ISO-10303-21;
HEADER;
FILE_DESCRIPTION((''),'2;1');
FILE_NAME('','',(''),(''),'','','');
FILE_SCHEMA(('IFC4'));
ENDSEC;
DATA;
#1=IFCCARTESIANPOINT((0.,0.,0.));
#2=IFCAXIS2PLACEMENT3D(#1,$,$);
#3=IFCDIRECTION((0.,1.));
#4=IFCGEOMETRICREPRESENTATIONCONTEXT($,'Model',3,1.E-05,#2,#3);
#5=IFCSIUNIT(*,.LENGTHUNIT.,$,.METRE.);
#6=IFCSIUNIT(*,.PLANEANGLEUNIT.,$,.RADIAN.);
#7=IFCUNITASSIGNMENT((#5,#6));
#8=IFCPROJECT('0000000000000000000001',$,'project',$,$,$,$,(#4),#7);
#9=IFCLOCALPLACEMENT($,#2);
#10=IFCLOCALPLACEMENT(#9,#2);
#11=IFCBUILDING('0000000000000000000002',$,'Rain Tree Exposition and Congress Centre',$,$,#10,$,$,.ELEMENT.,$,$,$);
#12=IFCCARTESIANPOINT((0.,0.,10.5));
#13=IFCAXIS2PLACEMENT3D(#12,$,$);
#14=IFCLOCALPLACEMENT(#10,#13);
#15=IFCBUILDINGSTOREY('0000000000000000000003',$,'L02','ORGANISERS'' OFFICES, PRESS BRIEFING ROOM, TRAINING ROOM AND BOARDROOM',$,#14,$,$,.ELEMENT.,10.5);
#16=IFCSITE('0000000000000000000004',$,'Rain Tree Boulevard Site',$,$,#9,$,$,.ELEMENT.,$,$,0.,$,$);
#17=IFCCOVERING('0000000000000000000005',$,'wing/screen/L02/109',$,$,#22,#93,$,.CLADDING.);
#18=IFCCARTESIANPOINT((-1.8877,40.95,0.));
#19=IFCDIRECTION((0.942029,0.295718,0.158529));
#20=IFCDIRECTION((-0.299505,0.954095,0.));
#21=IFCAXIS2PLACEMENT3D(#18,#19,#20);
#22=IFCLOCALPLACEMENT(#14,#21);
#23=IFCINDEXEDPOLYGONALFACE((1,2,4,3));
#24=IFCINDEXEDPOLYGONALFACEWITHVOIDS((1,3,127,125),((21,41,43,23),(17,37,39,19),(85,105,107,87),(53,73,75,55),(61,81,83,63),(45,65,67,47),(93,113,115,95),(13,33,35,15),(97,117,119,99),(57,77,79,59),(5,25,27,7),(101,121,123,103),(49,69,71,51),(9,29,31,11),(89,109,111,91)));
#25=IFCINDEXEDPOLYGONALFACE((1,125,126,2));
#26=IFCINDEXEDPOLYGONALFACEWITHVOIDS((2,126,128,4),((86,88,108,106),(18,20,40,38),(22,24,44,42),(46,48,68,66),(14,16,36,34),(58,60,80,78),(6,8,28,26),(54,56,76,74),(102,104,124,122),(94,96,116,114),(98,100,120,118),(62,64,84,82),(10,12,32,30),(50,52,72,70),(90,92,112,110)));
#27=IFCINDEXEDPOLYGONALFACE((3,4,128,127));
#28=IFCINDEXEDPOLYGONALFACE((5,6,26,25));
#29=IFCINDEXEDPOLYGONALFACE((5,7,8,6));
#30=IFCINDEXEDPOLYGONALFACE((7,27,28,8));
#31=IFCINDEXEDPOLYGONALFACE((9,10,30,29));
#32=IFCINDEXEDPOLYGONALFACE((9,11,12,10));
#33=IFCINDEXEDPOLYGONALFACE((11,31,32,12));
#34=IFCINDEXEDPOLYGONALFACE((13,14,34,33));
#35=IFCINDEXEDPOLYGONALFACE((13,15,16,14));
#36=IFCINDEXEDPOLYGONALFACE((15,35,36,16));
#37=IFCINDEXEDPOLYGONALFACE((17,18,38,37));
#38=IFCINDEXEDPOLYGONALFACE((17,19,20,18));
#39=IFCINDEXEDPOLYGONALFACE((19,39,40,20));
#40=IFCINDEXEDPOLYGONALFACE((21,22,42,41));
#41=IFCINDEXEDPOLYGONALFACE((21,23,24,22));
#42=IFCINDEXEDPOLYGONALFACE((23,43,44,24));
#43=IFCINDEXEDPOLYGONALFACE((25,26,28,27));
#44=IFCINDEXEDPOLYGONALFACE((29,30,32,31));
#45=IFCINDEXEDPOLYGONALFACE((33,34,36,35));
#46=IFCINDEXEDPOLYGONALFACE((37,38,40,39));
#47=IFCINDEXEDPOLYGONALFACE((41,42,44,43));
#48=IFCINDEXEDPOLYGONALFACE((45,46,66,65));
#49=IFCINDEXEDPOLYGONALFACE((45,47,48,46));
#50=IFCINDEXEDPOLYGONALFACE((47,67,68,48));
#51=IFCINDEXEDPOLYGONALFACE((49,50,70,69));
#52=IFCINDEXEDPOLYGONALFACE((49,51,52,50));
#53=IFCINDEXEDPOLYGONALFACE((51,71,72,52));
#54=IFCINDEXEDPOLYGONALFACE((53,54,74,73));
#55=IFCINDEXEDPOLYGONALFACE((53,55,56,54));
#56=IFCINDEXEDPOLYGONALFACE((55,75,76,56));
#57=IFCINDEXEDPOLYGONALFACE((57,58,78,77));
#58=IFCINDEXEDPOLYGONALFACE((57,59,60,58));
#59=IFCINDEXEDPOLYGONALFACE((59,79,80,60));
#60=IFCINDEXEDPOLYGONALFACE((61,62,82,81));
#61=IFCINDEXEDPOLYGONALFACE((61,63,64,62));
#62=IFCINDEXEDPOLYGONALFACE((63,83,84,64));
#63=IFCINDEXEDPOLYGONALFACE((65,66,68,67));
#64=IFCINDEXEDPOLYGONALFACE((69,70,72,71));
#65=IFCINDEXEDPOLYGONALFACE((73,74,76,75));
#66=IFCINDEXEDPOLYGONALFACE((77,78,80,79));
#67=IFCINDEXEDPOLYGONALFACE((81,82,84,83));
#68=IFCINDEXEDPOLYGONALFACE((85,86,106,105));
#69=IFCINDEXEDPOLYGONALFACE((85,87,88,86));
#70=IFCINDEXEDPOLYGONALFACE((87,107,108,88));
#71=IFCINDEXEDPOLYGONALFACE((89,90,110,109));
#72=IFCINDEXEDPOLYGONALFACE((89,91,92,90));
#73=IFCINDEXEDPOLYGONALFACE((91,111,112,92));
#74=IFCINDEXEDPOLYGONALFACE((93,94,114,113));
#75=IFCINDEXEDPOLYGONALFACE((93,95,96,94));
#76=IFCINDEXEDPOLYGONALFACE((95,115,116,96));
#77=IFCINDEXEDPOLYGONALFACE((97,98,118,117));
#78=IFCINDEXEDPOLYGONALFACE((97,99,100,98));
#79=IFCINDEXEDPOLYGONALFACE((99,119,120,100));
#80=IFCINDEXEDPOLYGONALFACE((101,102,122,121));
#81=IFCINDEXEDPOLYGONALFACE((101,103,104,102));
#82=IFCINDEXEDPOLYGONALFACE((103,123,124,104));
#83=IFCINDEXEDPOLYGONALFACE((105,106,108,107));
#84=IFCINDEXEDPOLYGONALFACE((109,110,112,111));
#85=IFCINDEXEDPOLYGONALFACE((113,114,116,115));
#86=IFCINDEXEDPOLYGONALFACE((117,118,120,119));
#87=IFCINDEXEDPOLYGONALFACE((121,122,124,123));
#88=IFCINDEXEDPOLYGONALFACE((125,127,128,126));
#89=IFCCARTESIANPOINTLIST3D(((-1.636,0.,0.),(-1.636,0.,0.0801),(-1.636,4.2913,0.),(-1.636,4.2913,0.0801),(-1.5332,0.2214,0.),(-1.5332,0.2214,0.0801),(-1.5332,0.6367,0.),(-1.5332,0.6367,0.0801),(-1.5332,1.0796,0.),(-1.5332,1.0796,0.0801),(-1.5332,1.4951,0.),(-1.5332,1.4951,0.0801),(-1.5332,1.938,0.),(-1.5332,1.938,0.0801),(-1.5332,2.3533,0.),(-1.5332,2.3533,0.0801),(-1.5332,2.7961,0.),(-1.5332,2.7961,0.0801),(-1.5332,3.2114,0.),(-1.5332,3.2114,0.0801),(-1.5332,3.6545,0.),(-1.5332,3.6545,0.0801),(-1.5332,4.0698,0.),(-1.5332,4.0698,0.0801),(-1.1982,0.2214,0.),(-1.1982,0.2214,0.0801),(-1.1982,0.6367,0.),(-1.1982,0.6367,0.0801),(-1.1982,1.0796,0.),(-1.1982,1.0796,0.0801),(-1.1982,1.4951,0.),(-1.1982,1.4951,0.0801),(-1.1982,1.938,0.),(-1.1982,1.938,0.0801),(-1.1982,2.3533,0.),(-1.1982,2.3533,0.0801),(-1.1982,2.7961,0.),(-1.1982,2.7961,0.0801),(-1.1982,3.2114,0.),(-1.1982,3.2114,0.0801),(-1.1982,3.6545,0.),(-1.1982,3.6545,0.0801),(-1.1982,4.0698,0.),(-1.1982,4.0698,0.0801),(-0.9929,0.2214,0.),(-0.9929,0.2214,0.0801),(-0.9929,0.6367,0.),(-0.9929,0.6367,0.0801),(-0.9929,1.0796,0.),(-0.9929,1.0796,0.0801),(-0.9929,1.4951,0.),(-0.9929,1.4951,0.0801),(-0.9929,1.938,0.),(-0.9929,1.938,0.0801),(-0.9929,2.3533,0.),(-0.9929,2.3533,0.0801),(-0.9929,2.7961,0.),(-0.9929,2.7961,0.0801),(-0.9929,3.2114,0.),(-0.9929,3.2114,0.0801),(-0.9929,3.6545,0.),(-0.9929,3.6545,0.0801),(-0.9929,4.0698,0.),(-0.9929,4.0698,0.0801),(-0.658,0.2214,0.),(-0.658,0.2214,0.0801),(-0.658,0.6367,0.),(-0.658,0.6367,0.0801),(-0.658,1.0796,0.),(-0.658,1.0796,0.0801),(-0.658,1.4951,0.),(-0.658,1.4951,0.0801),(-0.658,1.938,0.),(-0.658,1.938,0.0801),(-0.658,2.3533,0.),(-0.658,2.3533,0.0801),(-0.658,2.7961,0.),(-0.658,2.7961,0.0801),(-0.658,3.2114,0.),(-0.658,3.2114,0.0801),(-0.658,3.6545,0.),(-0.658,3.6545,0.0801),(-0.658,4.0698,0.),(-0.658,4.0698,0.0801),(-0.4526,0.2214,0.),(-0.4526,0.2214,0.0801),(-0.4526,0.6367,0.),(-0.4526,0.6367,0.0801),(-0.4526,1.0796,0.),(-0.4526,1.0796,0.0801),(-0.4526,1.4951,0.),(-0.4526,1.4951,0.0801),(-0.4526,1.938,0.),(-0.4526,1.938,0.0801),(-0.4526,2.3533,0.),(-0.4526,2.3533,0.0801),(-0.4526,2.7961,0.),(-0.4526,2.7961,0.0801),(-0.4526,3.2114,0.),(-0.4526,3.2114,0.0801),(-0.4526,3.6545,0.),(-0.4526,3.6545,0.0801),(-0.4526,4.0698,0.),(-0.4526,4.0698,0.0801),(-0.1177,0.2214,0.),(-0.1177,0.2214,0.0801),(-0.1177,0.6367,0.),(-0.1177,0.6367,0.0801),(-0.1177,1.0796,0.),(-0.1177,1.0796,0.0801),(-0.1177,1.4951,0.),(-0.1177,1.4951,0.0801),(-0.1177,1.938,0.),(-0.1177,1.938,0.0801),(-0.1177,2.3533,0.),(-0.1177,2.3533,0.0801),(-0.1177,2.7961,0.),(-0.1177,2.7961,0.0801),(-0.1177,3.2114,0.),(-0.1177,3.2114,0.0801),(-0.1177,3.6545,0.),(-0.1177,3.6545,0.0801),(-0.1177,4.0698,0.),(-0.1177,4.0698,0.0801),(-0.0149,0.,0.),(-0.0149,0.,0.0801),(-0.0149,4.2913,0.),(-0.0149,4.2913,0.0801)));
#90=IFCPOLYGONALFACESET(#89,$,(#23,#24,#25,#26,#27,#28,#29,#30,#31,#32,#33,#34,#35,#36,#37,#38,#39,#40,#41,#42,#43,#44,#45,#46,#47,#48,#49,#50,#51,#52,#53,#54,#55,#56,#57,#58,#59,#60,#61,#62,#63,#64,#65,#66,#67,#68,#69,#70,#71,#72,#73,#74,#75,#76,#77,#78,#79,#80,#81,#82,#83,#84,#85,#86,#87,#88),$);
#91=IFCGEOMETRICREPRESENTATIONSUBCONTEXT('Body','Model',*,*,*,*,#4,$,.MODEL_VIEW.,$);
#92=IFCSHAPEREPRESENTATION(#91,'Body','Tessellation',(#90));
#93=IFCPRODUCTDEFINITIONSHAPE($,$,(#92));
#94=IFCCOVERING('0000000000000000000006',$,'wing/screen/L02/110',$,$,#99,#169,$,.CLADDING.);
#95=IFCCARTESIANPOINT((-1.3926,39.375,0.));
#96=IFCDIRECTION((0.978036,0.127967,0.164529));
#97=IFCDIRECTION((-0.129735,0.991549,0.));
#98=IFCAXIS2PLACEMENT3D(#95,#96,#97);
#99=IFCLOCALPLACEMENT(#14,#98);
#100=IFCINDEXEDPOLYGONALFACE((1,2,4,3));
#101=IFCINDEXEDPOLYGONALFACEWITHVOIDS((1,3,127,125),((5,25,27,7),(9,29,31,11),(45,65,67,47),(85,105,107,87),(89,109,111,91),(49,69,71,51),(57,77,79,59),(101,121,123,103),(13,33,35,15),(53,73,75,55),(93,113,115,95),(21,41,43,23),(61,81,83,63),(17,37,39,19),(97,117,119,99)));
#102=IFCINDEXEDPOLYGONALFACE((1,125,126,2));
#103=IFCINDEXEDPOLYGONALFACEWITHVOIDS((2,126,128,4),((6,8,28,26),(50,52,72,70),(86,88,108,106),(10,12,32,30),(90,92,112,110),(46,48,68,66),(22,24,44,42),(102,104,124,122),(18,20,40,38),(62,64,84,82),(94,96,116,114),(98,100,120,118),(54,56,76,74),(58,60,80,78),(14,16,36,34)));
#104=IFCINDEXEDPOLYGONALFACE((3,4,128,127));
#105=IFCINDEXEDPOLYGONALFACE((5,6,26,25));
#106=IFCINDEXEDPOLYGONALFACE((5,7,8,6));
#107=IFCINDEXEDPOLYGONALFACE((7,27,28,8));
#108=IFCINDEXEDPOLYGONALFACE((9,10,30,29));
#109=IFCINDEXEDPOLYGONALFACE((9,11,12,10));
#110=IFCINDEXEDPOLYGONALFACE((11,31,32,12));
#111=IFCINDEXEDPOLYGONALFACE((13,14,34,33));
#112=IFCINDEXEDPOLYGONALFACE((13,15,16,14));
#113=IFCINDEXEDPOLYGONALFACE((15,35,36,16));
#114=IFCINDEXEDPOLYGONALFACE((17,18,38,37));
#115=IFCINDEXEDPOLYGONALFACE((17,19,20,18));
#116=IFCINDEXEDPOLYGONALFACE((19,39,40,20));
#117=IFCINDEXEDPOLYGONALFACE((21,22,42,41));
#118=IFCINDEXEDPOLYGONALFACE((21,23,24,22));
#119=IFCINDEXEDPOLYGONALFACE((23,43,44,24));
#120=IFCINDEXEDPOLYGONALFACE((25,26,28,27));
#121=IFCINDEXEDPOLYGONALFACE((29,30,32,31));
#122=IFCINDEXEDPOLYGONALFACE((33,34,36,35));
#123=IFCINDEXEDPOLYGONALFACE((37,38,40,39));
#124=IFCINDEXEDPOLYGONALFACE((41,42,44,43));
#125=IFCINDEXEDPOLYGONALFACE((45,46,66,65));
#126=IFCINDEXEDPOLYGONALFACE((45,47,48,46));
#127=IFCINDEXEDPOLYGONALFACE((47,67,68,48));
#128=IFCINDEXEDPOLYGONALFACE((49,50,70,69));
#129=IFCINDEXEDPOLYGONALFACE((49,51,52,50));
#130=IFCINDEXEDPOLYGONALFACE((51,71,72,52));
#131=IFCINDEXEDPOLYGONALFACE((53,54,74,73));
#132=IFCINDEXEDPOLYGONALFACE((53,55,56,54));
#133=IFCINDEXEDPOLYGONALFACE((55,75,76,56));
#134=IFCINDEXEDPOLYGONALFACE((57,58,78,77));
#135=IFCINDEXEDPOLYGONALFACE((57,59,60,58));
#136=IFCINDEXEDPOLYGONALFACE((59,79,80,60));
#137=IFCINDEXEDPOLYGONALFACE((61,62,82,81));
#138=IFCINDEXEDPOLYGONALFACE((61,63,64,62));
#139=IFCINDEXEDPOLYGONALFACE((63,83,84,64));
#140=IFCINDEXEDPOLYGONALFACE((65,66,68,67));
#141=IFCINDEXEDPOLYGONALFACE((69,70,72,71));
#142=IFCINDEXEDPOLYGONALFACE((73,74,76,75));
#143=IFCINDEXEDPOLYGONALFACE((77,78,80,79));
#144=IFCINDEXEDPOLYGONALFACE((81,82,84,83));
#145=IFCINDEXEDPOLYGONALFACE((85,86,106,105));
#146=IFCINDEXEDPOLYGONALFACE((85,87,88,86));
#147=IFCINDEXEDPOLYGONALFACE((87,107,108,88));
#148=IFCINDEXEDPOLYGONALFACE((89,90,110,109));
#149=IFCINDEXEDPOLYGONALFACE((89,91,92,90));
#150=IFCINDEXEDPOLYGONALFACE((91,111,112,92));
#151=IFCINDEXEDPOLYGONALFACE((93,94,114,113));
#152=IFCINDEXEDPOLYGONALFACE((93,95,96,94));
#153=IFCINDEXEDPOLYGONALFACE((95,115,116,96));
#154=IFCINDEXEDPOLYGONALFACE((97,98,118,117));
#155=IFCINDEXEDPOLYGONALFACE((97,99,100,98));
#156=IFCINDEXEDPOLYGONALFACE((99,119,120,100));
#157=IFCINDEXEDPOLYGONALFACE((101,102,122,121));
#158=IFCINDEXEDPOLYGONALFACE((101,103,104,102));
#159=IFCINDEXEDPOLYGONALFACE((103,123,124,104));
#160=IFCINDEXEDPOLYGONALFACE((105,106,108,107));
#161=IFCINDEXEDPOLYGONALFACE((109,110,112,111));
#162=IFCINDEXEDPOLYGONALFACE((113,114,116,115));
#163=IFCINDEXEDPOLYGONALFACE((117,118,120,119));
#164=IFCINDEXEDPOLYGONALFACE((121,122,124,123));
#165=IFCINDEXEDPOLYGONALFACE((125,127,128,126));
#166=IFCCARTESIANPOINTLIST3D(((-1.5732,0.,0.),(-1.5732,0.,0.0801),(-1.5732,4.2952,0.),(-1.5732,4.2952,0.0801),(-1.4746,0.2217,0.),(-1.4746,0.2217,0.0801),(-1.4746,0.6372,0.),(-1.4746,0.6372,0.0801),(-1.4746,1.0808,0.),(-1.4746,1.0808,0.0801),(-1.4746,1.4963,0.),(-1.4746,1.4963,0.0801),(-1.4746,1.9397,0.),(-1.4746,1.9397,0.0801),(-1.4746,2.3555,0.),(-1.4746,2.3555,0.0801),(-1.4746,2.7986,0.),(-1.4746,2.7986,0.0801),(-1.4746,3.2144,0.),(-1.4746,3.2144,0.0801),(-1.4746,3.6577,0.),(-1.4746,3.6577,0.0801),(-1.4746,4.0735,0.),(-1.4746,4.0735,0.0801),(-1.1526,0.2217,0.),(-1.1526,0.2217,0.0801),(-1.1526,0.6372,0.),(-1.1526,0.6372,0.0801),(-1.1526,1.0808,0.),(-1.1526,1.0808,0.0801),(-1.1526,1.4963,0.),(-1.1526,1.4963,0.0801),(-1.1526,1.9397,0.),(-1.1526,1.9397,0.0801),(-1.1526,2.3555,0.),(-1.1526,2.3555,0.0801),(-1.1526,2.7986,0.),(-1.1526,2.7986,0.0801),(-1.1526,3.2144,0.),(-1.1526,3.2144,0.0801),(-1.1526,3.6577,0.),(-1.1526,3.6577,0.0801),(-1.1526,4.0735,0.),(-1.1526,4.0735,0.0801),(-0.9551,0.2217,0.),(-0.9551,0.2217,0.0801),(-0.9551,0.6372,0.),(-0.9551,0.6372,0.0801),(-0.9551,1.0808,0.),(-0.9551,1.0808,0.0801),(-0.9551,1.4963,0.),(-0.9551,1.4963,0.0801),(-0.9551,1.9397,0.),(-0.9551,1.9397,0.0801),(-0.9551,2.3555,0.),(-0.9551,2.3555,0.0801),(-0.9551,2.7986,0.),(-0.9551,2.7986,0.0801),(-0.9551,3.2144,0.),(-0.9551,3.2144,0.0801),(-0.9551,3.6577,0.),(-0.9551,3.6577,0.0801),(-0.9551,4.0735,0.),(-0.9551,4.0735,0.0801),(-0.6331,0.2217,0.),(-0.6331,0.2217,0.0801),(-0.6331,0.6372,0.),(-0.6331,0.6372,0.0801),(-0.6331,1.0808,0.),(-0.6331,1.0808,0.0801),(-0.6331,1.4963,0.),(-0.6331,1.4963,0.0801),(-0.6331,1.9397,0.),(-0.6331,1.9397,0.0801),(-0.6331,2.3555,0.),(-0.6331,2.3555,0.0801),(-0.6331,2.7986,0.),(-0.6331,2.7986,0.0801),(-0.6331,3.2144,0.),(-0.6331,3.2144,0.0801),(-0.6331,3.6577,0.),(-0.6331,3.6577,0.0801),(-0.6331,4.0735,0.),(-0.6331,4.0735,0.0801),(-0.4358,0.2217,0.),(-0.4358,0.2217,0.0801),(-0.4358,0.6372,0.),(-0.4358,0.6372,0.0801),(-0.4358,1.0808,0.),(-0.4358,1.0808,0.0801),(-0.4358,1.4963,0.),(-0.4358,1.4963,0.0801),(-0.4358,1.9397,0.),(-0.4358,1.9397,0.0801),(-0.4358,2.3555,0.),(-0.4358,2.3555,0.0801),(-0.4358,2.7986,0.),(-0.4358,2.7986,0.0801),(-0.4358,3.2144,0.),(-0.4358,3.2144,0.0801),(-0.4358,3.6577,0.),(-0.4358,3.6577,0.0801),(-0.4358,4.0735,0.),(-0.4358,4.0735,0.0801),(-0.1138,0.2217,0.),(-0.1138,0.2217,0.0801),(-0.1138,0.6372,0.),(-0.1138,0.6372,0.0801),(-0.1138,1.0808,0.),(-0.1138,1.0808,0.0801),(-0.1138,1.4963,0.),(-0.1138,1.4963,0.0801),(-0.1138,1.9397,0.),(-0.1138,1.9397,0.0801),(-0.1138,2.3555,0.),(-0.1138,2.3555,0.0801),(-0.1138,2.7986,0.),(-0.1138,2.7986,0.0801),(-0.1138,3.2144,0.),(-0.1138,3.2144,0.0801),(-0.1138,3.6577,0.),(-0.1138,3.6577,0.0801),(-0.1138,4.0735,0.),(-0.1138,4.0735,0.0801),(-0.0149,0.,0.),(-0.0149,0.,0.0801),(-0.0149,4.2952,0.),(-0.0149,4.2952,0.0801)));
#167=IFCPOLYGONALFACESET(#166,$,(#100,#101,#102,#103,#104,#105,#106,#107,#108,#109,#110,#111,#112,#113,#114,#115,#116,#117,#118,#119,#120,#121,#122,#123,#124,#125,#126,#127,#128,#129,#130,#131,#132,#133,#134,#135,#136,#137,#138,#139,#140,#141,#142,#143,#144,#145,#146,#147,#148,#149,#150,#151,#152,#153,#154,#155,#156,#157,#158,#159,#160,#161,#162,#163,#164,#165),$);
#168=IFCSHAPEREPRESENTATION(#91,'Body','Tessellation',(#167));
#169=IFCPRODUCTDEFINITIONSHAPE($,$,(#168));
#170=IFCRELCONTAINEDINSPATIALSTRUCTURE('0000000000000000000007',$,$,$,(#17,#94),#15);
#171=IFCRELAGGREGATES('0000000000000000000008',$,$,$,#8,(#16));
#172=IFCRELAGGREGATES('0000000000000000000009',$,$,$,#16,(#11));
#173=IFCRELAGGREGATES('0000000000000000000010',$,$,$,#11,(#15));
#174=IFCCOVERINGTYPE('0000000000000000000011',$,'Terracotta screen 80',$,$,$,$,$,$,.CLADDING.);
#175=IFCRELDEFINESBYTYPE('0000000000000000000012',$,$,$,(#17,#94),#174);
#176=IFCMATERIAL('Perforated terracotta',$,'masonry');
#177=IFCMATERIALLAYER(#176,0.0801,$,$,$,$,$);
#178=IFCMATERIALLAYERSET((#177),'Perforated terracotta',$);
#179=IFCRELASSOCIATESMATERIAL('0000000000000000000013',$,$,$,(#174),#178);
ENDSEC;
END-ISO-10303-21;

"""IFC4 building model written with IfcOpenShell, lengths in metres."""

from ifc_helpers import new_model, si_unit, direction, frame, origin, place, context, subcontext, project, spatial, polyline, outline, extrude, material, layer, layer_set, type_object, element, save


model = new_model("IFC4")

# Units and contexts
model_context = context("Model", 3, precision=1e-05, world=origin(), true_north=direction((0.0, 1.0)))
body_context = subcontext(model_context, "Body", "Model", "MODEL_VIEW")
ifc_project = project(units=[si_unit("LENGTHUNIT", "METRE"), si_unit("PLANEANGLEUNIT", "RADIAN")], contexts=[model_context])

# Site, building, storey
site_placement = place(None, origin())
site = spatial("IfcSite", under=ifc_project, at=site_placement, Name="Rain Tree Boulevard Site", CompositionType="ELEMENT", RefElevation=0.0)
building_placement = place(site_placement, origin())
building = spatial("IfcBuilding", under=site, at=building_placement, Name="Rain Tree Exposition and Congress Centre", CompositionType="ELEMENT")
storey_placement = place(building_placement, frame((0.0, 0.0, 10.5)))
storey = spatial("IfcBuildingStorey", under=building, at=storey_placement, Name="L02", Description="ORGANISERS' OFFICES, PRESS BRIEFING ROOM, TRAINING ROOM AND BOARDROOM", CompositionType="ELEMENT", Elevation=10.5)

# Coverings
ifc_material_1 = material(Name="Perforated terracotta", Category="masonry")
ifc_layer_1 = layer(ifc_material_1, 0.0801)
ifc_layer_set_1 = layer_set([ifc_layer_1], Name="Perforated terracotta")
covering_type = type_object("IfcCoveringType", Name="Terracotta screen 80", PredefinedType="CLADDING", material=ifc_layer_set_1)
covering_1_placement = place(storey_placement, frame((-1.8877, 40.95, 0.0), z_axis=(0.942029, 0.295718, 0.158529), x_axis=(-0.299505, 0.954095, 0.0)))
element("IfcCovering", 1, at=covering_1_placement, inside=storey, type_object=covering_type, Name="wing/screen/L02/109", PredefinedType="CLADDING", context=body_context, shape_type="SweptSolid", body=[
    extrude(outline(polyline([(-1.636, 0.0), (-1.636, 4.2913), (-0.0149, 4.2913), (-0.0149, 0.0), (-1.636, 0.0)]), holes=[polyline([(-0.1177, 0.2214), (-0.1177, 0.6367), (-0.4526, 0.6367), (-0.4526, 0.2214), (-0.1177, 0.2214)]), polyline([(-0.1177, 1.0796), (-0.1177, 1.4951), (-0.4526, 1.4951), (-0.4526, 1.0796), (-0.1177, 1.0796)]), polyline([(-0.1177, 1.938), (-0.1177, 2.3533), (-0.4526, 2.3533), (-0.4526, 1.938), (-0.1177, 1.938)]), polyline([(-0.1177, 2.7961), (-0.1177, 3.2114), (-0.4526, 3.2114), (-0.4526, 2.7961), (-0.1177, 2.7961)]), polyline([(-0.1177, 3.6545), (-0.1177, 4.0698), (-0.4526, 4.0698), (-0.4526, 3.6545), (-0.1177, 3.6545)]), polyline([(-0.658, 0.2214), (-0.658, 0.6367), (-0.9929, 0.6367), (-0.9929, 0.2214), (-0.658, 0.2214)]), polyline([(-0.658, 1.0796), (-0.658, 1.4951), (-0.9929, 1.4951), (-0.9929, 1.0796), (-0.658, 1.0796)]), polyline([(-0.658, 1.938), (-0.658, 2.3533), (-0.9929, 2.3533), (-0.9929, 1.938), (-0.658, 1.938)]), polyline([(-0.658, 2.7961), (-0.658, 3.2114), (-0.9929, 3.2114), (-0.9929, 2.7961), (-0.658, 2.7961)]), polyline([(-0.658, 3.6545), (-0.658, 4.0698), (-0.9929, 4.0698), (-0.9929, 3.6545), (-0.658, 3.6545)]), polyline([(-1.1982, 0.2214), (-1.1982, 0.6367), (-1.5332, 0.6367), (-1.5332, 0.2214), (-1.1982, 0.2214)]), polyline([(-1.1982, 1.0796), (-1.1982, 1.4951), (-1.5332, 1.4951), (-1.5332, 1.0796), (-1.1982, 1.0796)]), polyline([(-1.1982, 1.938), (-1.1982, 2.3533), (-1.5332, 2.3533), (-1.5332, 1.938), (-1.1982, 1.938)]), polyline([(-1.1982, 2.7961), (-1.1982, 3.2114), (-1.5332, 3.2114), (-1.5332, 2.7961), (-1.1982, 2.7961)]), polyline([(-1.1982, 3.6545), (-1.1982, 4.0698), (-1.5332, 4.0698), (-1.5332, 3.6545), (-1.1982, 3.6545)])]), origin(), (0.0, 0.0, 1.0), 0.0801),
])
covering_2_placement = place(storey_placement, frame((-1.3926, 39.375, 0.0), z_axis=(0.978036, 0.127967, 0.164529), x_axis=(-0.129735, 0.991549, 0.0)))
element("IfcCovering", 2, at=covering_2_placement, inside=storey, type_object=covering_type, Name="wing/screen/L02/110", PredefinedType="CLADDING", context=body_context, shape_type="SweptSolid", body=[
    extrude(outline(polyline([(-1.5732, 0.0), (-1.5732, 4.2952), (-0.0149, 4.2952), (-0.0149, 0.0), (-1.5732, 0.0)]), holes=[polyline([(-0.1138, 0.2217), (-0.1138, 0.6372), (-0.4358, 0.6372), (-0.4358, 0.2217), (-0.1138, 0.2217)]), polyline([(-0.1138, 1.0808), (-0.1138, 1.4963), (-0.4358, 1.4963), (-0.4358, 1.0808), (-0.1138, 1.0808)]), polyline([(-0.1138, 1.9397), (-0.1138, 2.3555), (-0.4358, 2.3555), (-0.4358, 1.9397), (-0.1138, 1.9397)]), polyline([(-0.1138, 2.7986), (-0.1138, 3.2144), (-0.4358, 3.2144), (-0.4358, 2.7986), (-0.1138, 2.7986)]), polyline([(-0.1138, 3.6577), (-0.1138, 4.0735), (-0.4358, 4.0735), (-0.4358, 3.6577), (-0.1138, 3.6577)]), polyline([(-0.6331, 0.2217), (-0.6331, 0.6372), (-0.9551, 0.6372), (-0.9551, 0.2217), (-0.6331, 0.2217)]), polyline([(-0.6331, 1.0808), (-0.6331, 1.4963), (-0.9551, 1.4963), (-0.9551, 1.0808), (-0.6331, 1.0808)]), polyline([(-0.6331, 1.9397), (-0.6331, 2.3555), (-0.9551, 2.3555), (-0.9551, 1.9397), (-0.6331, 1.9397)]), polyline([(-0.6331, 2.7986), (-0.6331, 3.2144), (-0.9551, 3.2144), (-0.9551, 2.7986), (-0.6331, 2.7986)]), polyline([(-0.6331, 3.6577), (-0.6331, 4.0735), (-0.9551, 4.0735), (-0.9551, 3.6577), (-0.6331, 3.6577)]), polyline([(-1.1526, 0.2217), (-1.1526, 0.6372), (-1.4746, 0.6372), (-1.4746, 0.2217), (-1.1526, 0.2217)]), polyline([(-1.1526, 1.0808), (-1.1526, 1.4963), (-1.4746, 1.4963), (-1.4746, 1.0808), (-1.1526, 1.0808)]), polyline([(-1.1526, 1.9397), (-1.1526, 2.3555), (-1.4746, 2.3555), (-1.4746, 1.9397), (-1.1526, 1.9397)]), polyline([(-1.1526, 2.7986), (-1.1526, 3.2144), (-1.4746, 3.2144), (-1.4746, 2.7986), (-1.1526, 2.7986)]), polyline([(-1.1526, 3.6577), (-1.1526, 4.0735), (-1.4746, 4.0735), (-1.4746, 3.6577), (-1.1526, 3.6577)])]), origin(), (0.0, 0.0, 1.0), 0.0801),
])

save(model, "model.ifc")
